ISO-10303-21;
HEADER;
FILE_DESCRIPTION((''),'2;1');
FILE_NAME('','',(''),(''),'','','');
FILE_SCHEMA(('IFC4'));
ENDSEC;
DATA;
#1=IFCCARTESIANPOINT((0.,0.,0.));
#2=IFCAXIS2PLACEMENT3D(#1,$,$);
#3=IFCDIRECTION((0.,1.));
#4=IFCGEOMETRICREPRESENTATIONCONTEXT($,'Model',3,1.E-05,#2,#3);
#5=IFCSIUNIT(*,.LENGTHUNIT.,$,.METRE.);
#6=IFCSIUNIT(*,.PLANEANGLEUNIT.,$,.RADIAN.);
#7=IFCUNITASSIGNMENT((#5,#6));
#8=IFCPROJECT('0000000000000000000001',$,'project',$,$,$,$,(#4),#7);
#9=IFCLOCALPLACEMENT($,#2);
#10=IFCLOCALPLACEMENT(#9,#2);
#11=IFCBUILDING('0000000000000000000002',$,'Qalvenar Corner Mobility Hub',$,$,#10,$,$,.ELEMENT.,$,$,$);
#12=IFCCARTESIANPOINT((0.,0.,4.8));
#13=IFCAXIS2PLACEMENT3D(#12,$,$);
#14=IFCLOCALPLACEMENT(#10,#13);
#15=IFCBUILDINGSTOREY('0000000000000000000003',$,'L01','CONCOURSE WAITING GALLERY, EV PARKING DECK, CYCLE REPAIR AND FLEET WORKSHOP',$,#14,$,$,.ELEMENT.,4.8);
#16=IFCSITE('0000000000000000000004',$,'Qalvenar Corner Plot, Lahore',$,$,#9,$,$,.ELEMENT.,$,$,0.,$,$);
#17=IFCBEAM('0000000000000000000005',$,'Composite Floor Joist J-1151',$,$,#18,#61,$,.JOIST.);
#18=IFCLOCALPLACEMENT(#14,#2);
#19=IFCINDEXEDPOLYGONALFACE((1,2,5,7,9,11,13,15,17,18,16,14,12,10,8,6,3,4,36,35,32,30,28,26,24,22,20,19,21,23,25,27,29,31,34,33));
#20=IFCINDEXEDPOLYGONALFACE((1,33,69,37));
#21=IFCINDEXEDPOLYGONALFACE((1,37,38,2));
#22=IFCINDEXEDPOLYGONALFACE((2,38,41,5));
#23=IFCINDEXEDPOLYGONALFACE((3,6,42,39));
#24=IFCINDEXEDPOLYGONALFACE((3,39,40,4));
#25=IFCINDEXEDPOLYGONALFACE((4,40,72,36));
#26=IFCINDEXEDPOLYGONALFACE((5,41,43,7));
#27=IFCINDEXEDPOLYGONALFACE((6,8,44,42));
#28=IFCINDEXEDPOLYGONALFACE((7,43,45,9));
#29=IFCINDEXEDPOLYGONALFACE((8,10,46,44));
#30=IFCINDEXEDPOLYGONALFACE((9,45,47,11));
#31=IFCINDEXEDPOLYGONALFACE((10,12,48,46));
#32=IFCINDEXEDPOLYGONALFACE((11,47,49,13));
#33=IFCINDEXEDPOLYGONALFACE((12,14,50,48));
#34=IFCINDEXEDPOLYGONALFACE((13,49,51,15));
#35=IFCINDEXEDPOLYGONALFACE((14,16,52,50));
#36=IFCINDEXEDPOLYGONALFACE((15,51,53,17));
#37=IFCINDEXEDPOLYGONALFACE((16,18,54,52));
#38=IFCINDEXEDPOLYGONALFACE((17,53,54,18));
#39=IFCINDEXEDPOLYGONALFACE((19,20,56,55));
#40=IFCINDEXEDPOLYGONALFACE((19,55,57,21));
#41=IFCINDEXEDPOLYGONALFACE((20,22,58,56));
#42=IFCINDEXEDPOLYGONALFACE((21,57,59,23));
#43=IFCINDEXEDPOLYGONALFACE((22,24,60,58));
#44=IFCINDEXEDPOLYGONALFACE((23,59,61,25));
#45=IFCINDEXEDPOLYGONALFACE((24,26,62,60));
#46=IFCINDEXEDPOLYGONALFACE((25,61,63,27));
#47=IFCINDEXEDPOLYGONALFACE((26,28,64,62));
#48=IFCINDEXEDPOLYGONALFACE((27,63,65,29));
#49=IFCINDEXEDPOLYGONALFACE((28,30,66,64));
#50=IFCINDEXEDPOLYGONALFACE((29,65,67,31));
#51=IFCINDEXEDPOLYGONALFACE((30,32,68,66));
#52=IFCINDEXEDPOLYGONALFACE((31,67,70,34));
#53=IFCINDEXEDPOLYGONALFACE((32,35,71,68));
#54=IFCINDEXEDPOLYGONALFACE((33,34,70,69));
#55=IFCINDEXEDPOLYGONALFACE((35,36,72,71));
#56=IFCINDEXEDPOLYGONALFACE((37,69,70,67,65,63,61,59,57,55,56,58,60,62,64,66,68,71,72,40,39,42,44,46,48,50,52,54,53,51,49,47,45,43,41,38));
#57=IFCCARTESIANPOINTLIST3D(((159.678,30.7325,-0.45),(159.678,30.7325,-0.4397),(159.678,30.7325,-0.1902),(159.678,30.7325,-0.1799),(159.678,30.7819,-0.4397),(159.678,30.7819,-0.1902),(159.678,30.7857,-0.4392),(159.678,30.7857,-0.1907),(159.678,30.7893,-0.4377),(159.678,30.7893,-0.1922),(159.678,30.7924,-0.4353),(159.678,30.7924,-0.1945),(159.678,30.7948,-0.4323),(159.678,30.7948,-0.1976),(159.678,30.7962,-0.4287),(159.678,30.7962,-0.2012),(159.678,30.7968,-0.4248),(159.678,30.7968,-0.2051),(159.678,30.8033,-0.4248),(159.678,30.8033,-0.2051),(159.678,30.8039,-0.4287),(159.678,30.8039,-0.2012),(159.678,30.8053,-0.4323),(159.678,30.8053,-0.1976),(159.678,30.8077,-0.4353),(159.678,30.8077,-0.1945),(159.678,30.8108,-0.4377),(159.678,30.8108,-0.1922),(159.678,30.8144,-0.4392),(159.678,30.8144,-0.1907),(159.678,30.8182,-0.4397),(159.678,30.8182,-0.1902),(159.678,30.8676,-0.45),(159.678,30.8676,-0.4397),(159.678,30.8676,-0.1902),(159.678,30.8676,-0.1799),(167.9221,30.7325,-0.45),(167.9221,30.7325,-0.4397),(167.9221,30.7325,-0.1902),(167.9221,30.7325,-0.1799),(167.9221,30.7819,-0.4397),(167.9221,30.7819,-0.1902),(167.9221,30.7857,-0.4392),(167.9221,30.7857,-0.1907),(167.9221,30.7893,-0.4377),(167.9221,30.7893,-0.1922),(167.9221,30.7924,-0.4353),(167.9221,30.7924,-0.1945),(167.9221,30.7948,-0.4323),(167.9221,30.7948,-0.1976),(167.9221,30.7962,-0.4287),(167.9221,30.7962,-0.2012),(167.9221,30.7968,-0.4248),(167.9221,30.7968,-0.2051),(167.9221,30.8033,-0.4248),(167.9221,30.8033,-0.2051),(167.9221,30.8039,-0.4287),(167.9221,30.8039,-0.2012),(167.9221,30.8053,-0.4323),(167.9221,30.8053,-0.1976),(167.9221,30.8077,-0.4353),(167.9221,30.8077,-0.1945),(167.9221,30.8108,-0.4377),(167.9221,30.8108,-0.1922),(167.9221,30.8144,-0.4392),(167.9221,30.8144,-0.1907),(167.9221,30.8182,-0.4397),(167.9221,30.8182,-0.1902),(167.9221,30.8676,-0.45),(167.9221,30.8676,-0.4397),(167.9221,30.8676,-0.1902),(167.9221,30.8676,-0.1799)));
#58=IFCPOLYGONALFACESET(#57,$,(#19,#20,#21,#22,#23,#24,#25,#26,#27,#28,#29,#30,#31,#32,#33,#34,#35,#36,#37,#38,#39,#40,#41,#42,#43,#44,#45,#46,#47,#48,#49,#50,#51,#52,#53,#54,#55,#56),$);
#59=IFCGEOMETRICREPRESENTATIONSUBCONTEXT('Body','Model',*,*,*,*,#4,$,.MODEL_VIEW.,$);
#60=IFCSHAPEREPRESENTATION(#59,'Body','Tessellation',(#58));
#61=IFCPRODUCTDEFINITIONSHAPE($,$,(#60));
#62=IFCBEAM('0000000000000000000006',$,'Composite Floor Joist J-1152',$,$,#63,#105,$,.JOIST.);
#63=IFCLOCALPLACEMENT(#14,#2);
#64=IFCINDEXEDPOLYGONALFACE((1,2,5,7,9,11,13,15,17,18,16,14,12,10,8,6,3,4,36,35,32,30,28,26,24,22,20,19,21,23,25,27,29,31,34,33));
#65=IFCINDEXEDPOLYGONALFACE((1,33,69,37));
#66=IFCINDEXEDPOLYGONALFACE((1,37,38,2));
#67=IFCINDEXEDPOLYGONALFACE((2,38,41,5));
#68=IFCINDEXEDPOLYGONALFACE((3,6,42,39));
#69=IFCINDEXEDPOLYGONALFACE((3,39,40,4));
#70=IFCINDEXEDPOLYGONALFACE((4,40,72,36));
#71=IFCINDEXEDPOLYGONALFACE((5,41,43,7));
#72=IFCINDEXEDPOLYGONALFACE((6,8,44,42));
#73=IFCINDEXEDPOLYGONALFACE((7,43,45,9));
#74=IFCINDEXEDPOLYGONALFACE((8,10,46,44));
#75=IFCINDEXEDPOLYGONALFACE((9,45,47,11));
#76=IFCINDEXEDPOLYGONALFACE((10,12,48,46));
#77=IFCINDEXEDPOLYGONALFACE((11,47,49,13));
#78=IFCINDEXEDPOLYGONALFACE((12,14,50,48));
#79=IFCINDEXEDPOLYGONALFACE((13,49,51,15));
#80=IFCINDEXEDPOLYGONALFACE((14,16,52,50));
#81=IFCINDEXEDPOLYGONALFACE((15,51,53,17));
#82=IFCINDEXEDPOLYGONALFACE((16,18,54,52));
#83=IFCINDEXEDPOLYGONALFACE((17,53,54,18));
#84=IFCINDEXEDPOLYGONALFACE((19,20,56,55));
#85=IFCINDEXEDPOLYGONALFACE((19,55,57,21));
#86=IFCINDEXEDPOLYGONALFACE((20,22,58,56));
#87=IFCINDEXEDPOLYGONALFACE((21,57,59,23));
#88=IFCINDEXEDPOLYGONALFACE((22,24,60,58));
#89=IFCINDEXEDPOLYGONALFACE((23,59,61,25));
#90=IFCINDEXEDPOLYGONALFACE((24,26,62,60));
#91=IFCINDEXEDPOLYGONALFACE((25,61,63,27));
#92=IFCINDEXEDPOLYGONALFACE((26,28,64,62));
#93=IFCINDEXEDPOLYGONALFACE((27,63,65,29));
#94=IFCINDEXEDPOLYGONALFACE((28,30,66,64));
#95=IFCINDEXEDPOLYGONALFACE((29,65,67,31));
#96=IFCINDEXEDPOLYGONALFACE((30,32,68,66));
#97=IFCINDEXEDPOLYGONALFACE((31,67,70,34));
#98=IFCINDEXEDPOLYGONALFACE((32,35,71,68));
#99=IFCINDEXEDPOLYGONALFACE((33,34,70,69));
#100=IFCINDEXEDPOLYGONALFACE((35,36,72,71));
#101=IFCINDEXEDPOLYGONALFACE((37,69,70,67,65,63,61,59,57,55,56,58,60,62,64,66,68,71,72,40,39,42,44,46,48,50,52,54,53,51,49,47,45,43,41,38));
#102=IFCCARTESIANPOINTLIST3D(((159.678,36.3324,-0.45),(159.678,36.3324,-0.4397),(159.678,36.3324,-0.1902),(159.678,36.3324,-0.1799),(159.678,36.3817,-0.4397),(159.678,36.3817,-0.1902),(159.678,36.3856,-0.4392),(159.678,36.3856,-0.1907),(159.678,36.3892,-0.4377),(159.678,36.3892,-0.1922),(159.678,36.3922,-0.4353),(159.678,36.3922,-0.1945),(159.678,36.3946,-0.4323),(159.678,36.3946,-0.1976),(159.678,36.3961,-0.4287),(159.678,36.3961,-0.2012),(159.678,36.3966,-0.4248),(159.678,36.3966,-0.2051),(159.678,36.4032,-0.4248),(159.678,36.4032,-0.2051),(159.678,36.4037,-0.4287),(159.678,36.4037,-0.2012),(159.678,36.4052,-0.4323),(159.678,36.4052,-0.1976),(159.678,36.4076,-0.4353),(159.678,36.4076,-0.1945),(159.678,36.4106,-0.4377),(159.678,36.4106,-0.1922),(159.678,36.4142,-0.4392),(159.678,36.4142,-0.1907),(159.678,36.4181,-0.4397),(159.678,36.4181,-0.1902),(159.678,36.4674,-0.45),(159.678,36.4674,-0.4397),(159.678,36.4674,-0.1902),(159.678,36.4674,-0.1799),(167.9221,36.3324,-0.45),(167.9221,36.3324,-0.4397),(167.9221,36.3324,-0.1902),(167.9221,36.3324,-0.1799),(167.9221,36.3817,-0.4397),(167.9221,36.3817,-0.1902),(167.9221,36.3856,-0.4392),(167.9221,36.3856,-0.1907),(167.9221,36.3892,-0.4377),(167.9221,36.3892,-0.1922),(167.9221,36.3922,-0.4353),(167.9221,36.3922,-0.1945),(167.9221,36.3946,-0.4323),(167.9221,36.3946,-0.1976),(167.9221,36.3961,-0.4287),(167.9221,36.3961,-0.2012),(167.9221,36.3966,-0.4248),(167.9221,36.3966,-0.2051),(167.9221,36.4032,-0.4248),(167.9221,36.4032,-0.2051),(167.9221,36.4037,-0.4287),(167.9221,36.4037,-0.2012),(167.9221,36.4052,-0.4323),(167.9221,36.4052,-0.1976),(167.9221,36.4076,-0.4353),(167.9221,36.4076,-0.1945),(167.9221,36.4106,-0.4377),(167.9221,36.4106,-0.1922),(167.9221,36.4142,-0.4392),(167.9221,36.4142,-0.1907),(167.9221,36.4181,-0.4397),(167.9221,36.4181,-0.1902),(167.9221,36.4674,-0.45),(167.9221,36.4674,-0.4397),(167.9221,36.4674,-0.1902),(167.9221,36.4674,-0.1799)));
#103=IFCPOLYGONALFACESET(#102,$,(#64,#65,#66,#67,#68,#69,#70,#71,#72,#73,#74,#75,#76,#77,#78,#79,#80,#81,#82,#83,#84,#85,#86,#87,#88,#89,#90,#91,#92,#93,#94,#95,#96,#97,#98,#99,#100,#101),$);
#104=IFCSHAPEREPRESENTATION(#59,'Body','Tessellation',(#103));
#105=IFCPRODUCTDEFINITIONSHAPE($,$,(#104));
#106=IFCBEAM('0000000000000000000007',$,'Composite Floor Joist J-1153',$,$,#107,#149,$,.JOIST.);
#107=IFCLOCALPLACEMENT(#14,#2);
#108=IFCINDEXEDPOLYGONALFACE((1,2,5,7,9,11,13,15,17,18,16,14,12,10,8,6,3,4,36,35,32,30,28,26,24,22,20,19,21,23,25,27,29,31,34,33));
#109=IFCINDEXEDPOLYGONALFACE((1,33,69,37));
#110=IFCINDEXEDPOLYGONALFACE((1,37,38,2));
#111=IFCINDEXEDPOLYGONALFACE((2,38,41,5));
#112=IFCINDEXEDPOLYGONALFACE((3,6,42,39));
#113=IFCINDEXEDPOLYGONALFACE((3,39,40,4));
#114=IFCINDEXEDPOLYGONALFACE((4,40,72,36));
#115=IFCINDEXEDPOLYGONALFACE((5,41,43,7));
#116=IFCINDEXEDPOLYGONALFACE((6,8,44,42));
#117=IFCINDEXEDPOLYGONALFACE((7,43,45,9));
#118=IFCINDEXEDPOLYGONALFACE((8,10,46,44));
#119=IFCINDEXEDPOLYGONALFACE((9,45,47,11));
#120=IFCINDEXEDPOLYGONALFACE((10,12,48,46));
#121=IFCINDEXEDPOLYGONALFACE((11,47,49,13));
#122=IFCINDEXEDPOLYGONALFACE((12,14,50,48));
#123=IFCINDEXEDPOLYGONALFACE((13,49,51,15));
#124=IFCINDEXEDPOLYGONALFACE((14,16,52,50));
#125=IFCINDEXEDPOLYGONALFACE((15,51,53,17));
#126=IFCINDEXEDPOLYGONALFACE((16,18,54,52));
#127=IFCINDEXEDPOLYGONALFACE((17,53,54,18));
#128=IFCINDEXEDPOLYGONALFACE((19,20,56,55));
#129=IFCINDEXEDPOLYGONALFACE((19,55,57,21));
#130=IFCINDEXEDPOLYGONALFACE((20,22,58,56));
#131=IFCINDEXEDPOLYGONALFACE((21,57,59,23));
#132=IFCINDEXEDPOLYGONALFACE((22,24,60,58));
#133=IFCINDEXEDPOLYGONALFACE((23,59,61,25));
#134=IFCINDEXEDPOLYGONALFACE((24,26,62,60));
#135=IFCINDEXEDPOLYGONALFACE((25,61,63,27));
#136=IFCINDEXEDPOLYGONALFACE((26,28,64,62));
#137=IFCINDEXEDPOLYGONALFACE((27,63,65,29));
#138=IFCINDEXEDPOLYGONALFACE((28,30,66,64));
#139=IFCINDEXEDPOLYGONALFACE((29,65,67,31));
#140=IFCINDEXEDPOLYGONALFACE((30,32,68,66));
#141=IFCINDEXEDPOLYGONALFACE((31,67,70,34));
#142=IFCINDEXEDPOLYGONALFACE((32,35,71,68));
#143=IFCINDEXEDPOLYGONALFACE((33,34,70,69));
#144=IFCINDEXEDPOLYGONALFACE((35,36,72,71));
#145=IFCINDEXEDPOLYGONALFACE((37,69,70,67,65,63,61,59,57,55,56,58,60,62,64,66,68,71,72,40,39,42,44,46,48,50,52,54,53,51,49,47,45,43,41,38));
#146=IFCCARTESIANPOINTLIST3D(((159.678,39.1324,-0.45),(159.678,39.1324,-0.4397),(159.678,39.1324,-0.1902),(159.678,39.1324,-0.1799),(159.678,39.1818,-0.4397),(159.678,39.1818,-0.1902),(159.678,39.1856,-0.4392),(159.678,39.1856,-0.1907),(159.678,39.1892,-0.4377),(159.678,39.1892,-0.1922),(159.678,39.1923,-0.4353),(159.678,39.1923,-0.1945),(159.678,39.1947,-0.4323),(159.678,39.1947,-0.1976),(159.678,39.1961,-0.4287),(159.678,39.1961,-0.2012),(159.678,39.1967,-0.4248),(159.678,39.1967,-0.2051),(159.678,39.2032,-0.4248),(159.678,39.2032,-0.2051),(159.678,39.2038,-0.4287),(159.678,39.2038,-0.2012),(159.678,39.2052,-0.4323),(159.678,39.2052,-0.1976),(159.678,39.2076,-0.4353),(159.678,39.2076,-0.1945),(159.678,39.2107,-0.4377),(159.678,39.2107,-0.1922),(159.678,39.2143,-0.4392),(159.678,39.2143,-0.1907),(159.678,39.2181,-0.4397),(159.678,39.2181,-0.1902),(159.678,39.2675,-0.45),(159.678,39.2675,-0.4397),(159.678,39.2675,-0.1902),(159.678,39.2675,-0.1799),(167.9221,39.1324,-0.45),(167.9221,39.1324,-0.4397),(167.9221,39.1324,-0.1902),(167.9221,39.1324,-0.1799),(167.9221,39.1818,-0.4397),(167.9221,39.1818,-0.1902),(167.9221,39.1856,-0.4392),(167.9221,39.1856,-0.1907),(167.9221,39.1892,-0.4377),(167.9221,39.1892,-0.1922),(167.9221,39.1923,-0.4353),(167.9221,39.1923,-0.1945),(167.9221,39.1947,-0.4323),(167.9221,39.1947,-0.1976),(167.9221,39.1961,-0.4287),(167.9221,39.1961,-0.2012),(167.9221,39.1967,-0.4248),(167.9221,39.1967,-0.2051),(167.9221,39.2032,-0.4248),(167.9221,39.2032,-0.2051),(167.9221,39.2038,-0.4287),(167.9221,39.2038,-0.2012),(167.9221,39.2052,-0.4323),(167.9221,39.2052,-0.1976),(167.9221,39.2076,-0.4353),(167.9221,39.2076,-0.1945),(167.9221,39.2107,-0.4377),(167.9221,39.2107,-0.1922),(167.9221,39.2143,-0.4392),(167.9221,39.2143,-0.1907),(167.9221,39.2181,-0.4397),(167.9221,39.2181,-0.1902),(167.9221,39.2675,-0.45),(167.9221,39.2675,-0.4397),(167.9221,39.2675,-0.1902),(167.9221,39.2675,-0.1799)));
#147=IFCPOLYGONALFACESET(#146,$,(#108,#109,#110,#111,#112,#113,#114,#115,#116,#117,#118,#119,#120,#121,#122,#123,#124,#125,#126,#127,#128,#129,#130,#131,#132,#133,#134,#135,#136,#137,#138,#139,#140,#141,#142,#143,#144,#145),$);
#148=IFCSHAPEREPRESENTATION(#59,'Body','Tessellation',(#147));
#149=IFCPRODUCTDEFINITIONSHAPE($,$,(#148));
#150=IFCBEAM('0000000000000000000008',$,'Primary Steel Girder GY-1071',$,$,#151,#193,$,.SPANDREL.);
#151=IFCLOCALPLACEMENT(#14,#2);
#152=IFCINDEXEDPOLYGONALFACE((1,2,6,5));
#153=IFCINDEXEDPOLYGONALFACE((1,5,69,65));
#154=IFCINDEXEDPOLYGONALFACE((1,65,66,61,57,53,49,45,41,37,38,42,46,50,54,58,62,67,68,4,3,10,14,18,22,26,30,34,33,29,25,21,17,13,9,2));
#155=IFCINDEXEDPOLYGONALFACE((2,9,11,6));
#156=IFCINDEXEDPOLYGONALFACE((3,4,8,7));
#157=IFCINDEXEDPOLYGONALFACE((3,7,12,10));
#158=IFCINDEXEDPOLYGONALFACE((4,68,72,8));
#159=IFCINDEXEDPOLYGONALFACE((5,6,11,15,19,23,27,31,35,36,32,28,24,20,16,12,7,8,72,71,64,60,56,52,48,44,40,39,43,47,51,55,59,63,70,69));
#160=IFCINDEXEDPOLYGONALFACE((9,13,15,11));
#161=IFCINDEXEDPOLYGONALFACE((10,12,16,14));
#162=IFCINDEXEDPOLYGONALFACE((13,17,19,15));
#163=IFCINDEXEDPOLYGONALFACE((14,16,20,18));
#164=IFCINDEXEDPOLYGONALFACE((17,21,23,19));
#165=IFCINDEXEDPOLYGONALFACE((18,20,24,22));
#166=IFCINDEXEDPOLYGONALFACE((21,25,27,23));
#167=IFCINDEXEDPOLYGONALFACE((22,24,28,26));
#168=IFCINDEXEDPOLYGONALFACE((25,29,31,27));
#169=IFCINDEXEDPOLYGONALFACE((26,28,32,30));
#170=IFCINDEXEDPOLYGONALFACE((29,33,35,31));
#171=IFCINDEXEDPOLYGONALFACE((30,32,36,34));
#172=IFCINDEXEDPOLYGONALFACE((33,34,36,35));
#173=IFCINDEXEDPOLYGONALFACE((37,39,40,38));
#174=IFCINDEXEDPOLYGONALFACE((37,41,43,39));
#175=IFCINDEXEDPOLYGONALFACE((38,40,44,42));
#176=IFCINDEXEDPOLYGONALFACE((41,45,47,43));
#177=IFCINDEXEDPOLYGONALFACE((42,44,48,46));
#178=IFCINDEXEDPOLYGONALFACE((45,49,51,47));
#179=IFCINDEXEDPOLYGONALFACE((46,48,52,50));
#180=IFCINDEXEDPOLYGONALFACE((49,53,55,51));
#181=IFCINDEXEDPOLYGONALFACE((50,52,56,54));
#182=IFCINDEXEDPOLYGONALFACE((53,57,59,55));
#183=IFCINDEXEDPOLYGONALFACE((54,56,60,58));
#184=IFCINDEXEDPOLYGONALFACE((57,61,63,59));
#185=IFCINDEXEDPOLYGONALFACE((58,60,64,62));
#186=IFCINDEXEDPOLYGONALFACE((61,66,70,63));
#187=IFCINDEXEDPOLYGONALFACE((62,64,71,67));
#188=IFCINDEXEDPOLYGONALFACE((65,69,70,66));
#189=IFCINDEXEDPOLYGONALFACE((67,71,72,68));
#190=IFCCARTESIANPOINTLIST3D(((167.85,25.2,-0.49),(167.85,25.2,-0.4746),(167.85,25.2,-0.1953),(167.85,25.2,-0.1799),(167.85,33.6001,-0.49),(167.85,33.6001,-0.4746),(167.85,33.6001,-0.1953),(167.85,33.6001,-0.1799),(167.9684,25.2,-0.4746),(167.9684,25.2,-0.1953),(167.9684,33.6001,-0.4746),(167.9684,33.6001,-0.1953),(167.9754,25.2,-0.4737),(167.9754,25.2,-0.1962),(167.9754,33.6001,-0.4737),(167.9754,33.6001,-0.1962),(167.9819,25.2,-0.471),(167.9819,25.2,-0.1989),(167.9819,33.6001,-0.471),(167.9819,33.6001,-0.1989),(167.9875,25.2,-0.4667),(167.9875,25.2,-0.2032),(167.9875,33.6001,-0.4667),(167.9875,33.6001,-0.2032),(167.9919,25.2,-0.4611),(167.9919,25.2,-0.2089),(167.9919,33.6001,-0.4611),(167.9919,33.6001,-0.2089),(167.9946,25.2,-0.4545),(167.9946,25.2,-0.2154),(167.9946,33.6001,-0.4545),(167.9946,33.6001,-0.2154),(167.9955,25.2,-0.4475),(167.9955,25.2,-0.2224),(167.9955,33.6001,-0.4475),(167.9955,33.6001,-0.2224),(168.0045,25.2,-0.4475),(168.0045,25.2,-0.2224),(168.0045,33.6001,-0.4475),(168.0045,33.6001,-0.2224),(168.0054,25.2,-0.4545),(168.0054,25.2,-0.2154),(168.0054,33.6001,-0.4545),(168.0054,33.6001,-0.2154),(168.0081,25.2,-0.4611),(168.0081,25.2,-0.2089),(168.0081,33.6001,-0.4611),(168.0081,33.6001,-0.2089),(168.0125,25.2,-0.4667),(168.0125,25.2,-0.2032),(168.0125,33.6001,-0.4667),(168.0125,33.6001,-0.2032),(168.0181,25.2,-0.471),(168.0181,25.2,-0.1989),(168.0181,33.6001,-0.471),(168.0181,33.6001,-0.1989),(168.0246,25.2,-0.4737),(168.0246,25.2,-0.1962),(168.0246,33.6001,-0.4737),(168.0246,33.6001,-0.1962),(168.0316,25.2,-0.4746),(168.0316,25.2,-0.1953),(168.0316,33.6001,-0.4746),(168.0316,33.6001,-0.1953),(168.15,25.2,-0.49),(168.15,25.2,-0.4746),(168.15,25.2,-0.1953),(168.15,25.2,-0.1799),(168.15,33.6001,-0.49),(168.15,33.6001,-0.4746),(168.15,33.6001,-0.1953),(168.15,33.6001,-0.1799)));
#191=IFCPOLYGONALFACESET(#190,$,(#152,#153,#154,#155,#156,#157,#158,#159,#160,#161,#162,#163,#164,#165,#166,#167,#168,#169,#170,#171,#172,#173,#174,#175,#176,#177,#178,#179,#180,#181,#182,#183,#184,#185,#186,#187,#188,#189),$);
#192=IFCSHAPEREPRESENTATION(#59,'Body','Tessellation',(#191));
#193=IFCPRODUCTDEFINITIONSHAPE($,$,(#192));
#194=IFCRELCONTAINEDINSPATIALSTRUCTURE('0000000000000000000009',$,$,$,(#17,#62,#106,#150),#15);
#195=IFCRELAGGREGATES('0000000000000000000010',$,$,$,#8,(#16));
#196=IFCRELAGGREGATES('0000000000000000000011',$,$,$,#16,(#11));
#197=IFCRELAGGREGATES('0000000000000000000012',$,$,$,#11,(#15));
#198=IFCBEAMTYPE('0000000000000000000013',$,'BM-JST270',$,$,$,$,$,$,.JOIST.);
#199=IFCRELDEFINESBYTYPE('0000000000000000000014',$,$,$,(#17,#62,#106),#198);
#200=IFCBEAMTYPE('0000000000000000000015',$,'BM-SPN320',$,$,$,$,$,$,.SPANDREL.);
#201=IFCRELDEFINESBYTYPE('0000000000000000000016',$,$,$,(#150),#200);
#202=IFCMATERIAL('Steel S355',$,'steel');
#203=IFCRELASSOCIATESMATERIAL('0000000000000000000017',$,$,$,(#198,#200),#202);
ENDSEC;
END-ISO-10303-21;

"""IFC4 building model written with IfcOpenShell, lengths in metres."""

from ifc_helpers import new_model, si_unit, direction, frame, origin, origin_2d, place, context, subcontext, project, spatial, i_section, extrude, material, material_profile, profile_set, type_object, element, save


model = new_model("IFC4")

# Units and contexts
model_context = context("Model", 3, precision=1e-05, world=origin(), true_north=direction((0.0, 1.0)))
body_context = subcontext(model_context, "Body", "Model", "MODEL_VIEW")
ifc_project = project(units=[si_unit("LENGTHUNIT", "METRE"), si_unit("PLANEANGLEUNIT", "RADIAN")], contexts=[model_context])

# Site, building, storey
site_placement = place(None, origin())
site = spatial("IfcSite", under=ifc_project, at=site_placement, Name="Qalvenar Corner Plot, Lahore", CompositionType="ELEMENT", RefElevation=0.0)
building_placement = place(site_placement, origin())
building = spatial("IfcBuilding", under=site, at=building_placement, Name="Qalvenar Corner Mobility Hub", CompositionType="ELEMENT")
storey_placement = place(building_placement, frame((0.0, 0.0, 4.8)))
storey = spatial("IfcBuildingStorey", under=building, at=storey_placement, Name="L01", Description="CONCOURSE WAITING GALLERY, EV PARKING DECK, CYCLE REPAIR AND FLEET WORKSHOP", CompositionType="ELEMENT", Elevation=4.8)

# Shared definitions
ifc_material_1 = material(Name="Steel S355", Category="steel")

# Beams
ifc_material_profile_1 = material_profile(ifc_material_1, i_section(OverallWidth=0.135, OverallDepth=0.27, WebThickness=0.0066, FlangeThickness=0.0103, FilletRadius=0.0149, at=origin_2d()), Name="IPE270")
ifc_profile_set_1 = profile_set([ifc_material_profile_1], Name="Steel S355")
beam_type_1 = type_object("IfcBeamType", Name="BM-JST270", PredefinedType="JOIST", material=ifc_profile_set_1)
for number, where, z_axis, x_axis, name in (
    (1, (159.678, 30.8, -0.3149), (1.0, 0.0, 0.0), (0.0, 1.0, 0.0), "Composite Floor Joist J-1151"),
    (2, (159.678, 36.3999, -0.3149), (1.0, 0.0, 0.0), (0.0, 1.0, 0.0), "Composite Floor Joist J-1152"),
    (3, (159.678, 39.2, -0.3149), (1.0, 0.0, 0.0), (0.0, 1.0, 0.0), "Composite Floor Joist J-1153"),
):
    element("IfcBeam", number, at=place(storey_placement, frame(where, z_axis=z_axis, x_axis=x_axis)), inside=storey, type_object=beam_type_1, Name=name, PredefinedType="JOIST", context=body_context, shape_type="SweptSolid", body=[
        extrude(i_section(OverallWidth=0.135, OverallDepth=0.27, WebThickness=0.0066, FlangeThickness=0.0103, FilletRadius=0.0149, at=origin_2d()), origin(), (0.0, 0.0, 1.0), 8.2441),
    ])
ifc_material_profile_2 = material_profile(ifc_material_1, i_section(OverallWidth=0.3, OverallDepth=0.3101, WebThickness=0.009, FlangeThickness=0.0154, FilletRadius=0.0271, at=origin_2d()), Name="HEA320")
ifc_profile_set_2 = profile_set([ifc_material_profile_2], Name="Steel S355")
beam_type_2 = type_object("IfcBeamType", Name="BM-SPN320", PredefinedType="SPANDREL", material=ifc_profile_set_2)
beam_1_placement = place(storey_placement, frame((168.0, 25.2, -0.335), z_axis=(0.0, 1.0, 0.0), x_axis=(-1.0, 0.0, 0.0)))
element("IfcBeam", 4, at=beam_1_placement, inside=storey, type_object=beam_type_2, Name="Primary Steel Girder GY-1071", PredefinedType="SPANDREL", context=body_context, shape_type="SweptSolid", body=[
    extrude(i_section(OverallWidth=0.3, OverallDepth=0.3101, WebThickness=0.009, FlangeThickness=0.0154, FilletRadius=0.0271, at=origin_2d()), origin(), (0.0, 0.0, 1.0), 8.4001),
])

save(model, "model.ifc")
